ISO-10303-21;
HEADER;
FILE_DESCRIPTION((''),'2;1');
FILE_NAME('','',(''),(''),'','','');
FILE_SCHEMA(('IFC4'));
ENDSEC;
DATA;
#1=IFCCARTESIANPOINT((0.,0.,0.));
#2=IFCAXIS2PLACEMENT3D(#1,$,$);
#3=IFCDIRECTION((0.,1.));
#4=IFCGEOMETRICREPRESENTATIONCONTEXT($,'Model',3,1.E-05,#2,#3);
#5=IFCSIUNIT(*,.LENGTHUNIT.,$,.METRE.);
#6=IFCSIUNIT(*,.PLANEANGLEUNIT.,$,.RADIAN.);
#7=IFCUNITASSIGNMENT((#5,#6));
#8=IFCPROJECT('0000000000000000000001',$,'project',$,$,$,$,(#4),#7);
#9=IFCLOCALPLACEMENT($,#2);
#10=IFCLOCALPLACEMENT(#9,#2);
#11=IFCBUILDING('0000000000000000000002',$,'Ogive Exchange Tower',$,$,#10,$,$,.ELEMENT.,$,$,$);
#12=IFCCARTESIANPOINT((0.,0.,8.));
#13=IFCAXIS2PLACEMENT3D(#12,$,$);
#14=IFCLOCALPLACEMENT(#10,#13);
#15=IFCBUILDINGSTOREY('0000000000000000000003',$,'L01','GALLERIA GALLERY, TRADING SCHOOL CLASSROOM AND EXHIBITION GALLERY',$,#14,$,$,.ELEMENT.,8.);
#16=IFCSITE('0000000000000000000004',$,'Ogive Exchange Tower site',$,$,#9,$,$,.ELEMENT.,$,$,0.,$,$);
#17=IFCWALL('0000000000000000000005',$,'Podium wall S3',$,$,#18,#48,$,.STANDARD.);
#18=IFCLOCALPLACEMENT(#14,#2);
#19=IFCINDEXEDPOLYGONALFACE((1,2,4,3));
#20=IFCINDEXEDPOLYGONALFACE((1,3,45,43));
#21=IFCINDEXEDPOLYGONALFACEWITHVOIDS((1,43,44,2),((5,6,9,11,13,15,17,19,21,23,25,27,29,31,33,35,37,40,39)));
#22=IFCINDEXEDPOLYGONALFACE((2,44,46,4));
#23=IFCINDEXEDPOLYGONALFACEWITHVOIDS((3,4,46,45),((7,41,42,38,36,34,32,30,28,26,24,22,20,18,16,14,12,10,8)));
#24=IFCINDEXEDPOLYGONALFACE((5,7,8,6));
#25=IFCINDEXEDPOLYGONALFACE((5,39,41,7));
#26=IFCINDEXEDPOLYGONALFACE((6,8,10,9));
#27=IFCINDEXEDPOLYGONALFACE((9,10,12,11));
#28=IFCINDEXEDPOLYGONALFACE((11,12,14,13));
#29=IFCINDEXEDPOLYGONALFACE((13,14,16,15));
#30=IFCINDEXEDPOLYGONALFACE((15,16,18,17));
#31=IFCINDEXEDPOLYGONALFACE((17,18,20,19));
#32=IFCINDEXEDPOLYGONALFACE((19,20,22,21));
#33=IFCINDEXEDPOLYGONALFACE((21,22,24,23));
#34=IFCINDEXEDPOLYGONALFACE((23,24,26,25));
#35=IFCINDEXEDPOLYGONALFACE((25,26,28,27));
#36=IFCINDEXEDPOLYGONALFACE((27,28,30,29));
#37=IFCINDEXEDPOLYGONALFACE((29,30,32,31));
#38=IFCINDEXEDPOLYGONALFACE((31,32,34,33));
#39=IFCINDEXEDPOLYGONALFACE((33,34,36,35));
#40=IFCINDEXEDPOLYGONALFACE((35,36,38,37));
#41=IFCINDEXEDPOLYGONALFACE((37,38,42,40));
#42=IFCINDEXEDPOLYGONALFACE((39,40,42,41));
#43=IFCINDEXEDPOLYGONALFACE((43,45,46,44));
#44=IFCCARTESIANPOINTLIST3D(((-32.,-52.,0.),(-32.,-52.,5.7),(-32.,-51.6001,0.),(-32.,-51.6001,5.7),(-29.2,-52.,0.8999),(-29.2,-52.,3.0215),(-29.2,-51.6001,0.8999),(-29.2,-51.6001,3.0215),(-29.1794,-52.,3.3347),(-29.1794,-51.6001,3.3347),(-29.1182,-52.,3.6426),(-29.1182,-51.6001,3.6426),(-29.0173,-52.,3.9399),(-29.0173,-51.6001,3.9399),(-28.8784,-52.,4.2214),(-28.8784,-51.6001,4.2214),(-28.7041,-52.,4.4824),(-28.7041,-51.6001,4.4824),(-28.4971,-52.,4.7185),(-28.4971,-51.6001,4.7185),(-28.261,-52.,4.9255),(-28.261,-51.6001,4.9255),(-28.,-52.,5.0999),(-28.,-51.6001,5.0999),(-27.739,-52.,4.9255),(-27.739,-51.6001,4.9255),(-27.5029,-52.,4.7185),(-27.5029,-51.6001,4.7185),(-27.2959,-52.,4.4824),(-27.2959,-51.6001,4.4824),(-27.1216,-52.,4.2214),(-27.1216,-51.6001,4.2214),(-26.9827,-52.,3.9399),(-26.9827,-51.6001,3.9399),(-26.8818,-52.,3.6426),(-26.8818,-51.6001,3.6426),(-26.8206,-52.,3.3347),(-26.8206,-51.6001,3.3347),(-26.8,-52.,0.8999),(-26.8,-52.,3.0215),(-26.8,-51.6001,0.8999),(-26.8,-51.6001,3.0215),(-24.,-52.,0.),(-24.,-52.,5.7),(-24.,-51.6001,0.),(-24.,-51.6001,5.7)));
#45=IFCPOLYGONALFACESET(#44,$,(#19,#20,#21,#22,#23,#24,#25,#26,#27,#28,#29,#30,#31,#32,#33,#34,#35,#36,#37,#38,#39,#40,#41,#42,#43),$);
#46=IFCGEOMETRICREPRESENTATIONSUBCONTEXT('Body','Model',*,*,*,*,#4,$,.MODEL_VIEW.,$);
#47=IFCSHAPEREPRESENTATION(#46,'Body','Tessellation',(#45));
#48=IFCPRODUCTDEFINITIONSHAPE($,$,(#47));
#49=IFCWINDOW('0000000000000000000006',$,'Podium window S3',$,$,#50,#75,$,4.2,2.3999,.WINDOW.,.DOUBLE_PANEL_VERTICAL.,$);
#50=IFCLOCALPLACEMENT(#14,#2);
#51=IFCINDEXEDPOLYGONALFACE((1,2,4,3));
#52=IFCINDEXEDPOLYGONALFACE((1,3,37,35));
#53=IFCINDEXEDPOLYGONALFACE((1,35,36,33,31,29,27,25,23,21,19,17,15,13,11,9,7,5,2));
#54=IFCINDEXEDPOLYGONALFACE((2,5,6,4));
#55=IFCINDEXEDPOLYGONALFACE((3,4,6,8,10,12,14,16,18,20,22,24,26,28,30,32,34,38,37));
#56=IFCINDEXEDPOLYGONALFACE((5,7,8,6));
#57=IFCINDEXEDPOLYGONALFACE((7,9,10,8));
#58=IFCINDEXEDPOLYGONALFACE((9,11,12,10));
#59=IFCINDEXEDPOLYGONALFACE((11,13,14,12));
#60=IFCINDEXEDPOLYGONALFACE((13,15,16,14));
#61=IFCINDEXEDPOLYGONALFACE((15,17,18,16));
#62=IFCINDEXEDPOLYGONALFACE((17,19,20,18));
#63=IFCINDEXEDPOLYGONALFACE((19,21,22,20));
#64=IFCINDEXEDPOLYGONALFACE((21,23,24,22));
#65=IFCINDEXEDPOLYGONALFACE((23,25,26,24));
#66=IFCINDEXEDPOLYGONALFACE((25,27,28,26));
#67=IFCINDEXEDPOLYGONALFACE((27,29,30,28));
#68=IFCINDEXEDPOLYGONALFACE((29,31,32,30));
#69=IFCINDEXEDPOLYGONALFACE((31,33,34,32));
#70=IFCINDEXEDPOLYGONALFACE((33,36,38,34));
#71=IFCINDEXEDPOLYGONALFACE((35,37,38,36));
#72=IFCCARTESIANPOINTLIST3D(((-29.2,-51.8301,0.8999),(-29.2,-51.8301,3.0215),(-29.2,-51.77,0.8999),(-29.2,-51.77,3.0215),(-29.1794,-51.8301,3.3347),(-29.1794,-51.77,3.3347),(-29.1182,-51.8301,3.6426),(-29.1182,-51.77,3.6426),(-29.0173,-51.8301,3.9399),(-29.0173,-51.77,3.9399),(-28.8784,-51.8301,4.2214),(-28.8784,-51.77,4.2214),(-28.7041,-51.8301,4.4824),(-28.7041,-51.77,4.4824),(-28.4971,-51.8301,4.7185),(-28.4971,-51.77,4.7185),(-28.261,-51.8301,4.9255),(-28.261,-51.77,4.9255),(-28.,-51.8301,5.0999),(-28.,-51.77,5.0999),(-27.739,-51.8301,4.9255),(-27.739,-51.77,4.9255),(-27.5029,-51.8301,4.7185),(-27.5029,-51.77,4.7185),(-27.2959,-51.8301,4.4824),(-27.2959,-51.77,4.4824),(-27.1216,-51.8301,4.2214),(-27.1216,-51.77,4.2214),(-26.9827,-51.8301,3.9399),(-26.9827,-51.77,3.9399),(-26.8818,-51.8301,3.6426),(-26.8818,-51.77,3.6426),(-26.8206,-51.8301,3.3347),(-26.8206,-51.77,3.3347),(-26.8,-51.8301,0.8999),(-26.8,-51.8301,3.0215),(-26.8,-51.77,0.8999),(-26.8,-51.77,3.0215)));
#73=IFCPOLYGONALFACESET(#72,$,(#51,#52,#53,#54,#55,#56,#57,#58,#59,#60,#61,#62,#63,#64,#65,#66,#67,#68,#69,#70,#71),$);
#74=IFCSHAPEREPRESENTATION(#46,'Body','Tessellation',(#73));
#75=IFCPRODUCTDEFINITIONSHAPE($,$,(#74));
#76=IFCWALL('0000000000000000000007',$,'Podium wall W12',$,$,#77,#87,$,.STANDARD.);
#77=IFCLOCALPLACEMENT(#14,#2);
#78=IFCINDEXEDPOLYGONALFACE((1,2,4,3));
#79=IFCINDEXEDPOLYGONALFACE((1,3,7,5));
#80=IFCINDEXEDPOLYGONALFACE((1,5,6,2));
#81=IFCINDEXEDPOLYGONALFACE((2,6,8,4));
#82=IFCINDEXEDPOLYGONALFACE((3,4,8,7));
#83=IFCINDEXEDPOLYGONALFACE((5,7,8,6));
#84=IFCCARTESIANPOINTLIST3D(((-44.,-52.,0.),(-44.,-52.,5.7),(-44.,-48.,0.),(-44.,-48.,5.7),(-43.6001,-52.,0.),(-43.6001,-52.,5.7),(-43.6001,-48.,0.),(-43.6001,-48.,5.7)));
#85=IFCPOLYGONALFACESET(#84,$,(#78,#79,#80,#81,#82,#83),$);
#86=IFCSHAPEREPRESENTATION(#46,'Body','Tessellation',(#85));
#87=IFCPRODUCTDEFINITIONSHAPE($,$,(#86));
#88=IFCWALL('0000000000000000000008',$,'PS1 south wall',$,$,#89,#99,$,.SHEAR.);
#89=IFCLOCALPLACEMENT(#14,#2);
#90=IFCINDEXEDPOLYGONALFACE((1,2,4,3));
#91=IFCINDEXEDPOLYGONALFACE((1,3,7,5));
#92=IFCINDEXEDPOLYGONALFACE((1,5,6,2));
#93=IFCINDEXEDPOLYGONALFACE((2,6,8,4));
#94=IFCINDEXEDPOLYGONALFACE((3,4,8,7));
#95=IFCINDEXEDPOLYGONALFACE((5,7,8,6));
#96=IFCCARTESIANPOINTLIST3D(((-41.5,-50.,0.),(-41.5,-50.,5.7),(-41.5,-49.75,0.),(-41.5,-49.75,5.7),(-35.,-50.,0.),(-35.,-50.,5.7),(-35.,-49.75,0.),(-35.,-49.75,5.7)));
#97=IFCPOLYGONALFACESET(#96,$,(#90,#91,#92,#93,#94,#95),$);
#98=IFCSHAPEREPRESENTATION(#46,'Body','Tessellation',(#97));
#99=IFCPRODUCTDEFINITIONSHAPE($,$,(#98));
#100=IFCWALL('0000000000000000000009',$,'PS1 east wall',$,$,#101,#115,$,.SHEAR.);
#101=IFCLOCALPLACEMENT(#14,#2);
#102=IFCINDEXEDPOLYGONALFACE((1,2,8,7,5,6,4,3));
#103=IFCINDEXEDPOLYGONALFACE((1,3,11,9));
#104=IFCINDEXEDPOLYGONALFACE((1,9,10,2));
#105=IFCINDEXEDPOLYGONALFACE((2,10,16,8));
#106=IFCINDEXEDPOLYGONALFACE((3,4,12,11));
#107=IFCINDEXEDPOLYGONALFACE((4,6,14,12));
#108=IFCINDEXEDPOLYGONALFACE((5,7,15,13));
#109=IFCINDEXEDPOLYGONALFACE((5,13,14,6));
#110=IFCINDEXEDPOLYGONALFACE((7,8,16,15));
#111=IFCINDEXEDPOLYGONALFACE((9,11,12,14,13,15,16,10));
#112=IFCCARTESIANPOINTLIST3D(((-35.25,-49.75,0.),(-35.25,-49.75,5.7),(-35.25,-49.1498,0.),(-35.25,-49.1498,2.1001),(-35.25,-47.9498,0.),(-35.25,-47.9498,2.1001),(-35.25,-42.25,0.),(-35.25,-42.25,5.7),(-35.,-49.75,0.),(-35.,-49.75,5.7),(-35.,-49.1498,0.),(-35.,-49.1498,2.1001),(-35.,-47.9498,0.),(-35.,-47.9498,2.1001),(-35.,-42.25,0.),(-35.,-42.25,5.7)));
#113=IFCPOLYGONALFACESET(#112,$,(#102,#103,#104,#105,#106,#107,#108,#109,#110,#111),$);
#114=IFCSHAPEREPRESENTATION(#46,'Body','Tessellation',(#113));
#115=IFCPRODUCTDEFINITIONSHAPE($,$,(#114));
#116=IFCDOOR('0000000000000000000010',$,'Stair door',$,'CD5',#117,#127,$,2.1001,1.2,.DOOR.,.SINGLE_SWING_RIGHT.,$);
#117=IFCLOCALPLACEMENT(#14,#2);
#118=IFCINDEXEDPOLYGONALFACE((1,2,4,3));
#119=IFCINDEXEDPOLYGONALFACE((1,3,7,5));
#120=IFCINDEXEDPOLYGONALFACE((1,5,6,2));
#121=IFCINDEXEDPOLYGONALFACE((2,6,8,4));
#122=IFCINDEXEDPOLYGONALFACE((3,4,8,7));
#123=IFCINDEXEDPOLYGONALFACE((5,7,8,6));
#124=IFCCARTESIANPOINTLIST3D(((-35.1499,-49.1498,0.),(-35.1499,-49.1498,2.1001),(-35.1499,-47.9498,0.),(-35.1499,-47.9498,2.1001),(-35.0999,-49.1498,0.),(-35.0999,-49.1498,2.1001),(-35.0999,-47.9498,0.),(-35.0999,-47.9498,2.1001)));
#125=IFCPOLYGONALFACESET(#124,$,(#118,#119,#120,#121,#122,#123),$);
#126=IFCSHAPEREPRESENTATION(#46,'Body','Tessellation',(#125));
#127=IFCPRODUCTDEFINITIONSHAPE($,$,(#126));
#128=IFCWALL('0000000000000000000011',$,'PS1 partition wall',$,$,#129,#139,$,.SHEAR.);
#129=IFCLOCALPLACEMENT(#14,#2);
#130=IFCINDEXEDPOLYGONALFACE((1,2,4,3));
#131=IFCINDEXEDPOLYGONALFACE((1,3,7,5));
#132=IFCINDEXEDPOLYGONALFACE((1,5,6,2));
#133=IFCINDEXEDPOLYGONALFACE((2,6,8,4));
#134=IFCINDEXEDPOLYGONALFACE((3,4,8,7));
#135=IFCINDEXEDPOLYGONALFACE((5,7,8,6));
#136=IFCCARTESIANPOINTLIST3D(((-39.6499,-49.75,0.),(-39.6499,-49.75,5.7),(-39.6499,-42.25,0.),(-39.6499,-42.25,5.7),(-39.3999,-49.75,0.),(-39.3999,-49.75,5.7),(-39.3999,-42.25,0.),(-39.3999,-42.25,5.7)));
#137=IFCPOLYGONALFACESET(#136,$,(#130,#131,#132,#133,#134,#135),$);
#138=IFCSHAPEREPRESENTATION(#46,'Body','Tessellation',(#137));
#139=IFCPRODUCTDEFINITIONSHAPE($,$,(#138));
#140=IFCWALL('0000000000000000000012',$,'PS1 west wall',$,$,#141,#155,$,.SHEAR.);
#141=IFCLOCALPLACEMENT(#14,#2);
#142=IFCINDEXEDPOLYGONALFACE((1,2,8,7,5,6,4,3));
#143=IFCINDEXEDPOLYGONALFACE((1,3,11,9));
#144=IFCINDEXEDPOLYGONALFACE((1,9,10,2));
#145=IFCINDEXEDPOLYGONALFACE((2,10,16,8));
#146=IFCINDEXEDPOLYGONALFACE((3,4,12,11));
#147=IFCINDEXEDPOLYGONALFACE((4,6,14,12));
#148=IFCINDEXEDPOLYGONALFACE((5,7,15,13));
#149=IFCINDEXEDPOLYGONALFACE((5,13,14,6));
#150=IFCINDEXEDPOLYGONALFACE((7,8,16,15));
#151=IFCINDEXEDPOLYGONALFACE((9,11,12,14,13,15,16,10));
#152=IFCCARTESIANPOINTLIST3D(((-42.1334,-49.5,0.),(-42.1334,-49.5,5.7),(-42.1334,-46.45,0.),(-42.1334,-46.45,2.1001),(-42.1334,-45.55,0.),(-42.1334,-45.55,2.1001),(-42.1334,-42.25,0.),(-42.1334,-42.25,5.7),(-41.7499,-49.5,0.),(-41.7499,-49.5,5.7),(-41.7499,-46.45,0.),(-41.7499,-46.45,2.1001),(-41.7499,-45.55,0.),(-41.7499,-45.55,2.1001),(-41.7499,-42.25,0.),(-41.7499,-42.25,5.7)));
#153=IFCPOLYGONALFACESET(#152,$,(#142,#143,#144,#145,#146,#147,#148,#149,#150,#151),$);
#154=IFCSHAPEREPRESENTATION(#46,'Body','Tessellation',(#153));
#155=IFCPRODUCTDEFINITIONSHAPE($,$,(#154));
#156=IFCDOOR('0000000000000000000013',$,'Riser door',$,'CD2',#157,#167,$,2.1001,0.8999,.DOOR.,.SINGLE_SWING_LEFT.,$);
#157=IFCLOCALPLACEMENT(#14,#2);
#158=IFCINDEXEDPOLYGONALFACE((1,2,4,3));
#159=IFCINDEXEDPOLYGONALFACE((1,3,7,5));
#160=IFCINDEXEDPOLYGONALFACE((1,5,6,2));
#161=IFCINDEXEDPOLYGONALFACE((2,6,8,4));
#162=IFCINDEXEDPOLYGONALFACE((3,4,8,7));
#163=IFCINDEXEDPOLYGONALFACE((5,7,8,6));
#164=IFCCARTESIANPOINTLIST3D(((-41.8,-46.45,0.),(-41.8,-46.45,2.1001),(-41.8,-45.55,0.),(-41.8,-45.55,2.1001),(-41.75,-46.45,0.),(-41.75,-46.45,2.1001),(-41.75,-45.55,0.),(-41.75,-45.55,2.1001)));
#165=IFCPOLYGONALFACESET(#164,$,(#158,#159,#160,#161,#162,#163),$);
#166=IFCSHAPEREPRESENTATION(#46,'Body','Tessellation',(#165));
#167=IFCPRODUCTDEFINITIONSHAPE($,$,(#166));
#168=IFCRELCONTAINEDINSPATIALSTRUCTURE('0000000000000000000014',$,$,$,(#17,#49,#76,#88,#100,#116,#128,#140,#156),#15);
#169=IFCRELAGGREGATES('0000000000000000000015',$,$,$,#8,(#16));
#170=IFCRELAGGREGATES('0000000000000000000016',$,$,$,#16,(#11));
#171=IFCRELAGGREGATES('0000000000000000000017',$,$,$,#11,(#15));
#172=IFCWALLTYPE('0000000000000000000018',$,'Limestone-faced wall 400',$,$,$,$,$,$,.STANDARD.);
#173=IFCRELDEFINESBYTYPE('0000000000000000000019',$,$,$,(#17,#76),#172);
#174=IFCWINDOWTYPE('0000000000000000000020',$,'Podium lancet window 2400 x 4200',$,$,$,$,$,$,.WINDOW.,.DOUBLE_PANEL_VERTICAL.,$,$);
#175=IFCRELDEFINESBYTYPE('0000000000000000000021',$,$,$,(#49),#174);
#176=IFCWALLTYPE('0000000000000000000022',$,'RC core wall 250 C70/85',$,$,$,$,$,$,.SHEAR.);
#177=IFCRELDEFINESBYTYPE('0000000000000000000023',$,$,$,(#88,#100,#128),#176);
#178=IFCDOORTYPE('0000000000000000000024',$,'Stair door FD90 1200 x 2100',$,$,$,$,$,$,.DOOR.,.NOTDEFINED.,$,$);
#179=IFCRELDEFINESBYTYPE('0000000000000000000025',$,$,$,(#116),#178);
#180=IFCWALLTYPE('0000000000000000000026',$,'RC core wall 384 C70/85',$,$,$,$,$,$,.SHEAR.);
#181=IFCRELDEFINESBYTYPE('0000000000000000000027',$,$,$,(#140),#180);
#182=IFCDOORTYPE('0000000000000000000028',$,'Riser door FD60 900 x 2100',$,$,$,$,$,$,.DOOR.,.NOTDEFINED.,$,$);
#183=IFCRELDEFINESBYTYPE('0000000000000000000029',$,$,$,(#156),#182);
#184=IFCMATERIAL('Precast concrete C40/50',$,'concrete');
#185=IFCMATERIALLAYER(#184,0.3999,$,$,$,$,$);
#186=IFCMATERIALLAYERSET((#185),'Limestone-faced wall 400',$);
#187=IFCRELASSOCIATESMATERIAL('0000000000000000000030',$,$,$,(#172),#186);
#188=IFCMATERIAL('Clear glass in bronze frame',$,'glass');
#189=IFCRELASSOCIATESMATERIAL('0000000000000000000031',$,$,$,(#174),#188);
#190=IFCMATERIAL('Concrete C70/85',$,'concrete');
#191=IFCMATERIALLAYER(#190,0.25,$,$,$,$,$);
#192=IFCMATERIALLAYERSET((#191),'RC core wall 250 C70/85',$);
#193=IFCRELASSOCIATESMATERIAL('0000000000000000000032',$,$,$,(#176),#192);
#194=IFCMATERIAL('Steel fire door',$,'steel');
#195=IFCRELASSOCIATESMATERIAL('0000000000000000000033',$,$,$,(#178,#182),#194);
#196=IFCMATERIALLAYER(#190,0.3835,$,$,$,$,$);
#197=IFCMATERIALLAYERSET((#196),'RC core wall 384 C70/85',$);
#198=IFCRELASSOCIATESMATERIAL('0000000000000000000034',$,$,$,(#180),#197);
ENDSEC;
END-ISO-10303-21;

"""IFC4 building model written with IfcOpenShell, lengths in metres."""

from ifc_helpers import new_model, si_unit, direction, frame, frame_2d, origin, place, context, subcontext, project, spatial, polyline, rectangle, outline, extrude, material, layer, layer_set, type_object, element, fill, save


model = new_model("IFC4")

# Units and contexts
model_context = context("Model", 3, precision=1e-05, world=origin(), true_north=direction((0.0, 1.0)))
body_context = subcontext(model_context, "Body", "Model", "MODEL_VIEW")
ifc_project = project(units=[si_unit("LENGTHUNIT", "METRE"), si_unit("PLANEANGLEUNIT", "RADIAN")], contexts=[model_context])

# Site, building, storey
site_placement = place(None, origin())
site = spatial("IfcSite", under=ifc_project, at=site_placement, Name="Ogive Exchange Tower site", CompositionType="ELEMENT", RefElevation=0.0)
building_placement = place(site_placement, origin())
building = spatial("IfcBuilding", under=site, at=building_placement, Name="Ogive Exchange Tower", CompositionType="ELEMENT")
storey_placement = place(building_placement, frame((0.0, 0.0, 8.0)))
storey = spatial("IfcBuildingStorey", under=building, at=storey_placement, Name="L01", Description="GALLERIA GALLERY, TRADING SCHOOL CLASSROOM AND EXHIBITION GALLERY", CompositionType="ELEMENT", Elevation=8.0)

# Shared definitions
ifc_material_1 = material(Name="Concrete C70/85", Category="concrete")

# Shared definitions
ifc_material_2 = material(Name="Precast concrete C40/50", Category="concrete")
ifc_layer_1 = layer(ifc_material_2, 0.3999)
ifc_layer_set_1 = layer_set([ifc_layer_1], Name="Limestone-faced wall 400")
wall_type_1 = type_object("IfcWallType", Name="Limestone-faced wall 400", PredefinedType="STANDARD", material=ifc_layer_set_1)

# Shared definitions
ifc_material_3 = material(Name="Clear glass in bronze frame", Category="glass")

# Wall, opening, window
wall_1_placement = place(storey_placement, frame((-32.0, -51.8, 0.0), z_axis=(0.0, 0.0, 1.0), x_axis=(1.0, 0.0, 0.0)))
wall_1 = element("IfcWall", 1, at=wall_1_placement, inside=storey, type_object=wall_type_1, Name="Podium wall S3", PredefinedType="STANDARD", context=body_context, shape_type="SweptSolid", body=[
    extrude(rectangle(XDim=8.0, YDim=0.3999, at=frame_2d((4.0, 0.0))), origin(), (0.0, 0.0, 1.0), 5.7),
])
opening_1_placement = place(wall_1_placement, frame((2.8, 0.0, 0.8999)))
opening_1 = element("IfcOpeningElement", 2, at=opening_1_placement, cuts=wall_1, PredefinedType="OPENING", context=body_context, shape_type="SweptSolid", body=[
    extrude(outline(polyline([(0.0, 0.0), (2.3999, 0.0), (2.3999, 2.1216), (2.3794, 2.4348), (2.3181, 2.7427), (2.2173, 3.04), (2.0784, 3.3215), (1.9041, 3.5825), (1.697, 3.8186), (1.4609, 4.0256), (1.2, 4.2), (0.939, 4.0256), (0.7029, 3.8186), (0.4958, 3.5825), (0.3215, 3.3215), (0.1826, 3.04), (0.0818, 2.7427), (0.0205, 2.4348), (0.0, 2.1216), (0.0, 0.0)])), frame((0.0, 0.21, 0.0), z_axis=(0.0, -1.0, 0.0), x_axis=(1.0, 0.0, 0.0)), (0.0, 0.0, 1.0), 0.4199),
])
window_type_1 = type_object("IfcWindowType", Name="Podium lancet window 2400 x 4200", PartitioningType="DOUBLE_PANEL_VERTICAL", PredefinedType="WINDOW", material=ifc_material_3)
window_1_placement = place(opening_1_placement, origin())
window_1 = element("IfcWindow", 3, at=window_1_placement, inside=storey, type_object=window_type_1, Name="Podium window S3", OverallHeight=4.2, OverallWidth=2.3999, PartitioningType="DOUBLE_PANEL_VERTICAL", PredefinedType="WINDOW", context=body_context, shape_type="SweptSolid", body=[
    extrude(outline(polyline([(0.0, 0.0), (2.3999, 0.0), (2.3999, 2.1216), (2.3794, 2.4348), (2.3181, 2.7427), (2.2173, 3.04), (2.0784, 3.3215), (1.9041, 3.5825), (1.697, 3.8186), (1.4609, 4.0256), (1.2, 4.2), (0.939, 4.0256), (0.7029, 3.8186), (0.4958, 3.5825), (0.3215, 3.3215), (0.1826, 3.04), (0.0818, 2.7427), (0.0205, 2.4348), (0.0, 2.1216), (0.0, 0.0)])), frame((0.0, 0.03, 0.0), z_axis=(0.0, -1.0, 0.0), x_axis=(1.0, 0.0, 0.0)), (0.0, 0.0, 1.0), 0.0601),
])
fill(opening_1, window_1)

# Walls
wall_2_placement = place(storey_placement, frame((-43.8, -48.0, 0.0), z_axis=(0.0, 0.0, 1.0), x_axis=(0.0, -1.0, 0.0)))
element("IfcWall", 4, at=wall_2_placement, inside=storey, type_object=wall_type_1, Name="Podium wall W12", PredefinedType="STANDARD", context=body_context, shape_type="SweptSolid", body=[
    extrude(rectangle(XDim=4.0, YDim=0.3999, at=frame_2d((2.0, 0.0))), origin(), (0.0, 0.0, 1.0), 5.7),
])
ifc_layer_2 = layer(ifc_material_1, 0.25)
ifc_layer_set_2 = layer_set([ifc_layer_2], Name="RC core wall 250 C70/85")
wall_type_2 = type_object("IfcWallType", Name="RC core wall 250 C70/85", PredefinedType="SHEAR", material=ifc_layer_set_2)
wall_3_placement = place(storey_placement, frame((-41.5, -49.875, 0.0), z_axis=(0.0, 0.0, 1.0), x_axis=(1.0, 0.0, 0.0)))
element("IfcWall", 5, at=wall_3_placement, inside=storey, type_object=wall_type_2, Name="PS1 south wall", PredefinedType="SHEAR", context=body_context, shape_type="SweptSolid", body=[
    extrude(rectangle(XDim=6.5, YDim=0.25, at=frame_2d((3.25, 0.0))), origin(), (0.0, 0.0, 1.0), 5.7),
])

# Wall, opening, door
wall_4_placement = place(storey_placement, frame((-35.125, -49.75, 0.0), z_axis=(0.0, 0.0, 1.0), x_axis=(0.0, 1.0, 0.0)))
wall_4 = element("IfcWall", 6, at=wall_4_placement, inside=storey, type_object=wall_type_2, Name="PS1 east wall", PredefinedType="SHEAR", context=body_context, shape_type="SweptSolid", body=[
    extrude(rectangle(XDim=7.5, YDim=0.25, at=frame_2d((3.75, 0.0))), origin(), (0.0, 0.0, 1.0), 5.7),
])
opening_2_placement = place(wall_4_placement, frame((0.6001, 0.0, 0.0)))
opening_2 = element("IfcOpeningElement", 7, at=opening_2_placement, cuts=wall_4, PredefinedType="OPENING", context=body_context, shape_type="SweptSolid", body=[
    extrude(rectangle(XDim=1.2, YDim=2.1001, at=frame_2d((0.6001, 1.05))), frame((0.0, 0.135, 0.0), z_axis=(0.0, -1.0, 0.0), x_axis=(1.0, 0.0, 0.0)), (0.0, 0.0, 1.0), 0.27),
])
ifc_material_4 = material(Name="Steel fire door", Category="steel")
door_type_1 = type_object("IfcDoorType", Name="Stair door FD90 1200 x 2100", OperationType="NOTDEFINED", PredefinedType="DOOR", material=ifc_material_4)
door_1_placement = place(opening_2_placement, origin())
door_1 = element("IfcDoor", 8, at=door_1_placement, inside=storey, type_object=door_type_1, Name="Stair door", ObjectType="CD5", OperationType="SINGLE_SWING_RIGHT", OverallHeight=2.1001, OverallWidth=1.2, PredefinedType="DOOR", context=body_context, shape_type="SweptSolid", body=[
    extrude(rectangle(XDim=1.2, YDim=2.1001, at=frame_2d((0.6001, 1.05))), frame((0.0, 0.0249, 0.0), z_axis=(0.0, -1.0, 0.0), x_axis=(1.0, 0.0, 0.0)), (0.0, 0.0, 1.0), 0.05),
])
fill(opening_2, door_1)

# Wall
wall_5_placement = place(storey_placement, frame((-39.5249, -49.75, 0.0), z_axis=(0.0, 0.0, 1.0), x_axis=(0.0, 1.0, 0.0)))
element("IfcWall", 9, at=wall_5_placement, inside=storey, type_object=wall_type_2, Name="PS1 partition wall", PredefinedType="SHEAR", context=body_context, shape_type="SweptSolid", body=[
    extrude(rectangle(XDim=7.5, YDim=0.25, at=frame_2d((3.75, 0.0))), origin(), (0.0, 0.0, 1.0), 5.7),
])

# Wall, opening, door
ifc_layer_3 = layer(ifc_material_1, 0.3835)
ifc_layer_set_3 = layer_set([ifc_layer_3], Name="RC core wall 384 C70/85")
wall_type_3 = type_object("IfcWallType", Name="RC core wall 384 C70/85", PredefinedType="SHEAR", material=ifc_layer_set_3)
wall_6_placement = place(storey_placement, frame((-41.9417, -49.5, 0.0), z_axis=(0.0, 0.0, 1.0), x_axis=(0.0, 1.0, 0.0)))
wall_6 = element("IfcWall", 10, at=wall_6_placement, inside=storey, type_object=wall_type_3, Name="PS1 west wall", PredefinedType="SHEAR", context=body_context, shape_type="SweptSolid", body=[
    extrude(rectangle(XDim=7.25, YDim=0.3835, at=frame_2d((3.625, 0.0))), origin(), (0.0, 0.0, 1.0), 5.7),
])
opening_3_placement = place(wall_6_placement, frame((3.05, 0.0, 0.0)))
opening_3 = element("IfcOpeningElement", 11, at=opening_3_placement, cuts=wall_6, PredefinedType="OPENING", context=body_context, shape_type="SweptSolid", body=[
    extrude(rectangle(XDim=0.8999, YDim=2.1001, at=frame_2d((0.45, 1.05))), frame((0.0, 0.2017, 0.0), z_axis=(0.0, -1.0, 0.0), x_axis=(1.0, 0.0, 0.0)), (0.0, 0.0, 1.0), 0.4036),
])
door_type_2 = type_object("IfcDoorType", Name="Riser door FD60 900 x 2100", OperationType="NOTDEFINED", PredefinedType="DOOR", material=ifc_material_4)
door_2_placement = place(opening_3_placement, origin())
door_2 = element("IfcDoor", 12, at=door_2_placement, inside=storey, type_object=door_type_2, Name="Riser door", ObjectType="CD2", OperationType="SINGLE_SWING_LEFT", OverallHeight=2.1001, OverallWidth=0.8999, PredefinedType="DOOR", context=body_context, shape_type="SweptSolid", body=[
    extrude(rectangle(XDim=0.8999, YDim=2.1001, at=frame_2d((0.45, 1.05))), frame((0.0, -0.1416, 0.0), z_axis=(0.0, -1.0, 0.0), x_axis=(1.0, 0.0, 0.0)), (0.0, 0.0, 1.0), 0.05),
])
fill(opening_3, door_2)

save(model, "model.ifc")
